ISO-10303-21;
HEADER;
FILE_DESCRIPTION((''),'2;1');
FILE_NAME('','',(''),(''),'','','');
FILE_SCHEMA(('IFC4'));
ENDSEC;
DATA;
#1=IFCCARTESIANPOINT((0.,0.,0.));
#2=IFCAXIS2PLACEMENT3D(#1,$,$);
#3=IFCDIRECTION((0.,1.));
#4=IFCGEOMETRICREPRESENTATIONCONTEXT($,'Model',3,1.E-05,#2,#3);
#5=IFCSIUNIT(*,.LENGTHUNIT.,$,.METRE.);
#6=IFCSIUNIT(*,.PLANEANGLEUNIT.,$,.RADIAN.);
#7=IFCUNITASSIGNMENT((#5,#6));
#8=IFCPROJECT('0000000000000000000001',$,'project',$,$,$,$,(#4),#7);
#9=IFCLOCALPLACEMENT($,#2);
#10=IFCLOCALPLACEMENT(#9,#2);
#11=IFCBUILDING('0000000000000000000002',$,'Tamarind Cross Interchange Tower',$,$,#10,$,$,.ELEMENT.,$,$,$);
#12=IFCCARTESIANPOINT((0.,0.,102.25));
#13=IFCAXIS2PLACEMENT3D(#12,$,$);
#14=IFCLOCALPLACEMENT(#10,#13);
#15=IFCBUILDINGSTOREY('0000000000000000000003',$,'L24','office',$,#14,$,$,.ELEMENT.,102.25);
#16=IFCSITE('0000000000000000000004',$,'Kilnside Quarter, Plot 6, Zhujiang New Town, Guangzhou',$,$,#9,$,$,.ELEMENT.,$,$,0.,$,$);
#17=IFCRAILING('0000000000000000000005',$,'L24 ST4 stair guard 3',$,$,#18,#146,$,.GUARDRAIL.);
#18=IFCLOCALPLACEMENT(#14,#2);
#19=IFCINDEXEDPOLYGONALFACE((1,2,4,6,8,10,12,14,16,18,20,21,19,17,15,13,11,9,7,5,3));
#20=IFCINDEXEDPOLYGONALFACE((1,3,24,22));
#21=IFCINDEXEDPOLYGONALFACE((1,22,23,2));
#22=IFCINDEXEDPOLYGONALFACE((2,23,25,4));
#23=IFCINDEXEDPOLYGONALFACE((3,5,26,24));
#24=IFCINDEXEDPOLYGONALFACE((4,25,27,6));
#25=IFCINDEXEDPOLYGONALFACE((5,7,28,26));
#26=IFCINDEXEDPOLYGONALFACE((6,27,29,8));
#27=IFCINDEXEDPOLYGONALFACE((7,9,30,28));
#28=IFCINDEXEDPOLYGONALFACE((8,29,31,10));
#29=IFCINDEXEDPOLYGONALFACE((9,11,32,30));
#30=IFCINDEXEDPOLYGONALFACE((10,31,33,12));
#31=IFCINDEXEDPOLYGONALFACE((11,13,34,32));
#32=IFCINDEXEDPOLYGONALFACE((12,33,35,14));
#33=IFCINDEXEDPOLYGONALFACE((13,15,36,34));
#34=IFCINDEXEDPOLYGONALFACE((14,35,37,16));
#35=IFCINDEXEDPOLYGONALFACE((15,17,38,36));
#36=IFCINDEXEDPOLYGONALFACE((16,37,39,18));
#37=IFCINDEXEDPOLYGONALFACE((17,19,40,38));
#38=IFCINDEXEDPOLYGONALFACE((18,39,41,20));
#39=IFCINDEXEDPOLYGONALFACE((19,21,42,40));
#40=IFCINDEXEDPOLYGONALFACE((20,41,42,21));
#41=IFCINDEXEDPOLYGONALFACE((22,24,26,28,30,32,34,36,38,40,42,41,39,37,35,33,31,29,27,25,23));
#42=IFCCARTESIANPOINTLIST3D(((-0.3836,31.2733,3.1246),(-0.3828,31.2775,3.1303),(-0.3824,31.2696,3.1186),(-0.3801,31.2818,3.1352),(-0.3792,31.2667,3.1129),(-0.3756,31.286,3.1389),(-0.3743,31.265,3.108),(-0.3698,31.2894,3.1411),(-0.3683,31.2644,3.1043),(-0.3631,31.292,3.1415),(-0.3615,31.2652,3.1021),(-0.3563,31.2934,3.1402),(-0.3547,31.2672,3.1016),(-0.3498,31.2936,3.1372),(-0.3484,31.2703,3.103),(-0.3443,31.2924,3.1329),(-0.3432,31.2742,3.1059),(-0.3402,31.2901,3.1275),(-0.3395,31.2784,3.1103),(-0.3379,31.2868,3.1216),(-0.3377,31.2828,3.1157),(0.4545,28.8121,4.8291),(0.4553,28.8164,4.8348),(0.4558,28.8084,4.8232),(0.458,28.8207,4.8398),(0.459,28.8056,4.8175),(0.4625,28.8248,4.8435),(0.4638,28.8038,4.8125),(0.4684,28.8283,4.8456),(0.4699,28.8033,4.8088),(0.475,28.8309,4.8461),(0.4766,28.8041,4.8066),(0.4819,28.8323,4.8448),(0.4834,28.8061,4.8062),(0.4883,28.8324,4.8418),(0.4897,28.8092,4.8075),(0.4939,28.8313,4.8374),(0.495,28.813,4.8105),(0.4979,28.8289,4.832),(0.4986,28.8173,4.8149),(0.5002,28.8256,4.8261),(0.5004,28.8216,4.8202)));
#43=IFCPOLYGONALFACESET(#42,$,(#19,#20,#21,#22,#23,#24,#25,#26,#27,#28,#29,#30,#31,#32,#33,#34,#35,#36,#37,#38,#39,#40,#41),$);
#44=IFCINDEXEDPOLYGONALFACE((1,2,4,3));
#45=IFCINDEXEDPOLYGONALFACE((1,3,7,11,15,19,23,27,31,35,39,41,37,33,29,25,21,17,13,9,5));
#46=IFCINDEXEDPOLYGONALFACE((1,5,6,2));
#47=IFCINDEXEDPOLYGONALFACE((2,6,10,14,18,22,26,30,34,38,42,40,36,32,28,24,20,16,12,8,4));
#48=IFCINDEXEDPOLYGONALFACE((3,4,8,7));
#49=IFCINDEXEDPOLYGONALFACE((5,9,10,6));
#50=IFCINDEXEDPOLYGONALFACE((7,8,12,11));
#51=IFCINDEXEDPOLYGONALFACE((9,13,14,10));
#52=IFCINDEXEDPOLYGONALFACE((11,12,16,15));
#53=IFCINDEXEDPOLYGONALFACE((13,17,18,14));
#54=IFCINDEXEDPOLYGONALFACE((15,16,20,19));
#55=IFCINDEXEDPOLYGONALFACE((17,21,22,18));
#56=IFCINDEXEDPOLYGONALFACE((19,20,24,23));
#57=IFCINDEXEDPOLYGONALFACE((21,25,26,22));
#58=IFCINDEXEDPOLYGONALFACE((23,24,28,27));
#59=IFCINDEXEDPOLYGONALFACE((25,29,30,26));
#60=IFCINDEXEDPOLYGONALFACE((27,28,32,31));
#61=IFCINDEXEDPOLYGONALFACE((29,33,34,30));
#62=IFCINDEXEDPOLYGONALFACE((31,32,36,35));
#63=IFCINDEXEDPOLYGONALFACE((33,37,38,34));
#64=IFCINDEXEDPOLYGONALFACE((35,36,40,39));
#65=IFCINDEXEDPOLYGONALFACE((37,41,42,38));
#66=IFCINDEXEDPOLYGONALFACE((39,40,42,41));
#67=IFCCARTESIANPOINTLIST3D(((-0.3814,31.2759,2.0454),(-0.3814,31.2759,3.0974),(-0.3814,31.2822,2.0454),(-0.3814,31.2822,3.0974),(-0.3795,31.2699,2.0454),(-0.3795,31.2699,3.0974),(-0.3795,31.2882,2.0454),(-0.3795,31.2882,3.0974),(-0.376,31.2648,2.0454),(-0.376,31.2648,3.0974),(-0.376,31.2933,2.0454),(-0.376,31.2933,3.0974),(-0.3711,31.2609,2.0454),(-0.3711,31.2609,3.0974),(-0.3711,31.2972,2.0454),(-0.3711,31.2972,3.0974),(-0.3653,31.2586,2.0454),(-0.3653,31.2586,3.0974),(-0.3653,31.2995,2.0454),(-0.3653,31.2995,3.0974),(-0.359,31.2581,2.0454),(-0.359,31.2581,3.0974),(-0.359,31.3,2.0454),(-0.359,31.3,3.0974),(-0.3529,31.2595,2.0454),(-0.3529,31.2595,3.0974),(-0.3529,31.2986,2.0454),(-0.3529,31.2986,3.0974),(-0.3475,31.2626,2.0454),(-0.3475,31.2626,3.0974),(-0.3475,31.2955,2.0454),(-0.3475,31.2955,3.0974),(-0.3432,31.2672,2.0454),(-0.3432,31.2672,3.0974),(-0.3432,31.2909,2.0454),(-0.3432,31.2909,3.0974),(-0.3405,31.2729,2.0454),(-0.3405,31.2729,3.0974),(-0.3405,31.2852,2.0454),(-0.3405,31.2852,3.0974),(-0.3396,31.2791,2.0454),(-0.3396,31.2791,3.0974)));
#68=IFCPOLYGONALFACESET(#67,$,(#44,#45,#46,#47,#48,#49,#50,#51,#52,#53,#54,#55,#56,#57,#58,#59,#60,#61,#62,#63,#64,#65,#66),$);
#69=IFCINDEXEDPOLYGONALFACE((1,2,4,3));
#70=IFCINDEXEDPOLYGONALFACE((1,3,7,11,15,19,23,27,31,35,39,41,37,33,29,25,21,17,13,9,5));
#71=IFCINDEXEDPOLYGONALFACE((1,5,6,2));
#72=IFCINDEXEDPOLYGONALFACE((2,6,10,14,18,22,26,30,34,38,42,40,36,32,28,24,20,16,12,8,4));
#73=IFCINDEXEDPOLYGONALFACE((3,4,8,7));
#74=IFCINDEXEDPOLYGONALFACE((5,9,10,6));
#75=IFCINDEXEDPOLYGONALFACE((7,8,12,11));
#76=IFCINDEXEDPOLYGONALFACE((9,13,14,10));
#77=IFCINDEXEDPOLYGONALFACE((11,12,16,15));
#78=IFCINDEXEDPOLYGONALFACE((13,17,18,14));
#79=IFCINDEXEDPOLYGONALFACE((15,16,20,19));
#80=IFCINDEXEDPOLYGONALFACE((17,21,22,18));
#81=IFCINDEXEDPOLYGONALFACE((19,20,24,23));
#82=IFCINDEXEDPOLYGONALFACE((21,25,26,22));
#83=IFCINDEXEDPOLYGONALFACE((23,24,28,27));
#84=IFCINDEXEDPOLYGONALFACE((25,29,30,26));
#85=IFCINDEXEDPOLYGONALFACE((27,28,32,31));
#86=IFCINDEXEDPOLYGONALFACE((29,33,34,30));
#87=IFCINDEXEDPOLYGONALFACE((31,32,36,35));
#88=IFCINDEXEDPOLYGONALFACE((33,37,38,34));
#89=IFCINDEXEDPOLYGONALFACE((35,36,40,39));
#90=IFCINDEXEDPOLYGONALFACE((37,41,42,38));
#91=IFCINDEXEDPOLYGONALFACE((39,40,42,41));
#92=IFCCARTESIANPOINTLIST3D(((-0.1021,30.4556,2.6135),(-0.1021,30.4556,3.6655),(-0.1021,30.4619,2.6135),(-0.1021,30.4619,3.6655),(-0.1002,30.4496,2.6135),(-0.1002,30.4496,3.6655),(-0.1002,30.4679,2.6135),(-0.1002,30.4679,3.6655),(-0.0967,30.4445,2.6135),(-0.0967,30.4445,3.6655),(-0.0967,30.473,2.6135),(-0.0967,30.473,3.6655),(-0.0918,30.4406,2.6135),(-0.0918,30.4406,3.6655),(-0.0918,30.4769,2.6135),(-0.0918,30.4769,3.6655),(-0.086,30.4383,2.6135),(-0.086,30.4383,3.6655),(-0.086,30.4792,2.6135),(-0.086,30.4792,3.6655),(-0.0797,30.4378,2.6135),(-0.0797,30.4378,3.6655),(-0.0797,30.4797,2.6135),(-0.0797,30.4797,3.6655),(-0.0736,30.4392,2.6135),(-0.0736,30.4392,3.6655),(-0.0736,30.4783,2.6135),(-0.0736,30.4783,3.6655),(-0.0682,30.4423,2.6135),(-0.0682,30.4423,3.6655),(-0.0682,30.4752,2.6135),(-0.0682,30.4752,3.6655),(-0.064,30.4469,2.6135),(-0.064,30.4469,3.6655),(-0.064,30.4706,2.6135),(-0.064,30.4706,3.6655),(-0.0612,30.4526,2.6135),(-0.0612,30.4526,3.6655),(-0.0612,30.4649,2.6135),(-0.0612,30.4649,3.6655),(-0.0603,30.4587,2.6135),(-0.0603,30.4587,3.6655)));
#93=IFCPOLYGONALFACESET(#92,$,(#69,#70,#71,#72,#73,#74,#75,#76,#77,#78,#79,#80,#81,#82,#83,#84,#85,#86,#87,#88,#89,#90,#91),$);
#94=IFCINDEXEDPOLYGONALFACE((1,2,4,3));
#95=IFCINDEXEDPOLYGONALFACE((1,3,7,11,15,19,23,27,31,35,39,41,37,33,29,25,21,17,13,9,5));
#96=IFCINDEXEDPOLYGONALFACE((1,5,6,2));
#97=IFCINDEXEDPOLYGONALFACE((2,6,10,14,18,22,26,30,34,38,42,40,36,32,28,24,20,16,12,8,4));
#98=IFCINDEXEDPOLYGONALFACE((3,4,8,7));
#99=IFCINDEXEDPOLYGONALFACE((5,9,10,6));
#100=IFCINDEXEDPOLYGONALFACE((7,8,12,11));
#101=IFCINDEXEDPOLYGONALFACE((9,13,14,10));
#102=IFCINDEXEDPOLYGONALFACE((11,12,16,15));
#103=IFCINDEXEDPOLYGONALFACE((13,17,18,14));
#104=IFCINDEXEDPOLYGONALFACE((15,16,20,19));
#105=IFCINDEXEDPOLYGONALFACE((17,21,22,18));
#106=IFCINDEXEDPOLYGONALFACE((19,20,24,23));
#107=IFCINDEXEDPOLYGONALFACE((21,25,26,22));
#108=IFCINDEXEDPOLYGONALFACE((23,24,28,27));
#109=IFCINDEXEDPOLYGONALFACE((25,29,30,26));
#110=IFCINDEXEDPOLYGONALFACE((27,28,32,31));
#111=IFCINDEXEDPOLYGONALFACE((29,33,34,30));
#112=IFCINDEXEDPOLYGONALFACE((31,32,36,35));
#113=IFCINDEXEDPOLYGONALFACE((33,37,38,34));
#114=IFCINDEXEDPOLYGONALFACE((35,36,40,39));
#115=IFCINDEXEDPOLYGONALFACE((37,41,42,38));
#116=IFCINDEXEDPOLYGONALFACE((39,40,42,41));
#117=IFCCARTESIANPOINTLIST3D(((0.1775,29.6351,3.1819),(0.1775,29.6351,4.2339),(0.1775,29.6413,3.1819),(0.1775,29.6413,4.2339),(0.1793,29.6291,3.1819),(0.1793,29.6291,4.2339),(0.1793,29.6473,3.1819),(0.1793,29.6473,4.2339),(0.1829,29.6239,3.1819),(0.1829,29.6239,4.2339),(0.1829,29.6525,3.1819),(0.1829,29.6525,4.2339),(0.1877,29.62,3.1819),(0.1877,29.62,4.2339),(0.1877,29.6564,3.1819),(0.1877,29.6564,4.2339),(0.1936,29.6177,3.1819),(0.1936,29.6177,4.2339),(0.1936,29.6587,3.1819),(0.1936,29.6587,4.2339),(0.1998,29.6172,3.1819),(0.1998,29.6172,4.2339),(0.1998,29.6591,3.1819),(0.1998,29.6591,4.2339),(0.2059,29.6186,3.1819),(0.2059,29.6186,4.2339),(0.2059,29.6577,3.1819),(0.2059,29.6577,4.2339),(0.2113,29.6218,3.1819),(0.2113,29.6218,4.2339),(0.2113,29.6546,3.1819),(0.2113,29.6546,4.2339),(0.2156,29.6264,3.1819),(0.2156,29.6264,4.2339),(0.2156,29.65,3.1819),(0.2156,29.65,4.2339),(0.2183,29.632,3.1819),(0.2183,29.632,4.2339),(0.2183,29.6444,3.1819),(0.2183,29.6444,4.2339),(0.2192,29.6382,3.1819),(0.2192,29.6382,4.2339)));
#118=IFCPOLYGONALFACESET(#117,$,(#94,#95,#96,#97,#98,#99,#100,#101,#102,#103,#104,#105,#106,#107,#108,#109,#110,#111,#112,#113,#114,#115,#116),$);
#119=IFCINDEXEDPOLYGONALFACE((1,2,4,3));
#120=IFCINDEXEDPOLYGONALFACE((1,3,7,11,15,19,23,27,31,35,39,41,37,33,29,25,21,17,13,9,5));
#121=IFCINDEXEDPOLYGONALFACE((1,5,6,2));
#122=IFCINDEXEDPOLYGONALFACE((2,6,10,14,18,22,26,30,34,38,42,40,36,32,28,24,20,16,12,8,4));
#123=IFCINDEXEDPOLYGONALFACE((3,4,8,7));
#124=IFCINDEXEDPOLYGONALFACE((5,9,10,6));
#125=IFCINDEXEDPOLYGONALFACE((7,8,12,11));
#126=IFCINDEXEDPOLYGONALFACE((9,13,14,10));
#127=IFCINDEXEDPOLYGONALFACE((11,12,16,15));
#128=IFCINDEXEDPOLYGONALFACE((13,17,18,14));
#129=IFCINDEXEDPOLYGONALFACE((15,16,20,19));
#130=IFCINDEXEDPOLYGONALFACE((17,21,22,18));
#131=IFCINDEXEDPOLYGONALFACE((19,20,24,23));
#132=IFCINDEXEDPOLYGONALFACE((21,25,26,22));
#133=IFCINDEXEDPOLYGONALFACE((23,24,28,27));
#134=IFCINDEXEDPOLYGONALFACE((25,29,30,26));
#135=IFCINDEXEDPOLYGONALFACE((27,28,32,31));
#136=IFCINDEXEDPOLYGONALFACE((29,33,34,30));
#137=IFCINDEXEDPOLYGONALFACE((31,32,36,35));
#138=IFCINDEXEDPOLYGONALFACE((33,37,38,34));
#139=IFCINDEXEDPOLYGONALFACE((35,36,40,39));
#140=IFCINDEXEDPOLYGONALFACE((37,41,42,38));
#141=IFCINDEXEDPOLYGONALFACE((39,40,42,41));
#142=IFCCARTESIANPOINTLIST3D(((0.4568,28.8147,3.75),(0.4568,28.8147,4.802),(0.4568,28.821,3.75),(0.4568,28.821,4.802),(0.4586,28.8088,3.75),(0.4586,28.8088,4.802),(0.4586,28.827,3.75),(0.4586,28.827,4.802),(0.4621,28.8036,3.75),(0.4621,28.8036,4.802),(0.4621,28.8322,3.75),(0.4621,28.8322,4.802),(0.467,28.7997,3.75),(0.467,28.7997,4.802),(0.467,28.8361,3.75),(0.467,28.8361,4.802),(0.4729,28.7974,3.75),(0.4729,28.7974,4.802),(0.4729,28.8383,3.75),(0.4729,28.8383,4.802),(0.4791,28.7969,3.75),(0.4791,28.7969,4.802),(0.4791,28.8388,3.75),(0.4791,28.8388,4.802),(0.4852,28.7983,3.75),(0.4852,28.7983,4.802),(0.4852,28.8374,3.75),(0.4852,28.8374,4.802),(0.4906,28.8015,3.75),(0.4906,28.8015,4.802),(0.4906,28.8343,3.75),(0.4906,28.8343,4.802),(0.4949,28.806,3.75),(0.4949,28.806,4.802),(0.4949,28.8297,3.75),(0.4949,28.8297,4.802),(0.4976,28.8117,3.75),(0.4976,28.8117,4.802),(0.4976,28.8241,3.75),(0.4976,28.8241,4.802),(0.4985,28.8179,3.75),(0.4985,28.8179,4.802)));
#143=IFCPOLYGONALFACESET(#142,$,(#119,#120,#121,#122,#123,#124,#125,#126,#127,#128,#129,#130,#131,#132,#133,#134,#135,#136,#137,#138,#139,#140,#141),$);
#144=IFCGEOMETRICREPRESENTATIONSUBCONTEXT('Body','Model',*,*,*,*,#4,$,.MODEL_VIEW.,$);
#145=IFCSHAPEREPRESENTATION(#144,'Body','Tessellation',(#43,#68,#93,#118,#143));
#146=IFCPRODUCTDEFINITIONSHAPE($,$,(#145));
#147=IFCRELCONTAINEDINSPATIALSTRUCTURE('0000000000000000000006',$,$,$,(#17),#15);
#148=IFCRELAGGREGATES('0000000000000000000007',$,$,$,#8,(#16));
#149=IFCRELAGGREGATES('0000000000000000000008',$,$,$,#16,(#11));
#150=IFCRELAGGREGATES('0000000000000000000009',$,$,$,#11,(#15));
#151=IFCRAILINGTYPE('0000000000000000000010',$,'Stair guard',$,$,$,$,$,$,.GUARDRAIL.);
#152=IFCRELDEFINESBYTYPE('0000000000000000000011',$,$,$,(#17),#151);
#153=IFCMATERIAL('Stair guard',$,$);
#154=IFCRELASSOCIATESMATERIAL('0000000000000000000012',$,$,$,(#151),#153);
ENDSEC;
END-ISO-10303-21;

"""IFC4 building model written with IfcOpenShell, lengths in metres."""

from ifc_helpers import new_model, si_unit, direction, frame, origin, origin_2d, place, context, subcontext, project, spatial, circle, extrude, material, type_object, element, save


model = new_model("IFC4")

# Units and contexts
model_context = context("Model", 3, precision=1e-05, world=origin(), true_north=direction((0.0, 1.0)))
body_context = subcontext(model_context, "Body", "Model", "MODEL_VIEW")
ifc_project = project(units=[si_unit("LENGTHUNIT", "METRE"), si_unit("PLANEANGLEUNIT", "RADIAN")], contexts=[model_context])

# Site, building, storey
site_placement = place(None, origin())
site = spatial("IfcSite", under=ifc_project, at=site_placement, Name="Kilnside Quarter, Plot 6, Zhujiang New Town, Guangzhou", CompositionType="ELEMENT", RefElevation=0.0)
building_placement = place(site_placement, origin())
building = spatial("IfcBuilding", under=site, at=building_placement, Name="Tamarind Cross Interchange Tower", CompositionType="ELEMENT")
storey_placement = place(building_placement, frame((0.0, 0.0, 102.25)))
storey = spatial("IfcBuildingStorey", under=building, at=storey_placement, Name="L24", Description="office", CompositionType="ELEMENT", Elevation=102.25)

# Railing
ifc_material_1 = material(Name="Stair guard")
railing_type_1 = type_object("IfcRailingType", Name="Stair guard", PredefinedType="GUARDRAIL", material=ifc_material_1)
railing_1_placement = place(storey_placement, frame((-0.3606, 31.2791, 2.0454)))
element("IfcRailing", 1, at=railing_1_placement, inside=storey, type_object=railing_type_1, Name="L24 ST4 stair guard 3", PredefinedType="GUARDRAIL", context=body_context, shape_type="SweptSolid", body=[
    extrude(circle(Radius=0.0239, at=origin_2d()), frame((0.0, 0.0, 1.0762), z_axis=(0.269589, -0.791646, 0.548286), x_axis=(0.946616, 0.322362, 0.0)), (0.0, 0.0, 1.0), 3.1089),
    extrude(circle(Radius=0.021, at=origin_2d()), origin(), (0.0, 0.0, 1.0), 1.052),
    extrude(circle(Radius=0.021, at=origin_2d()), frame((0.2793, -0.8203, 0.5681)), (0.0, 0.0, 1.0), 1.052),
    extrude(circle(Radius=0.021, at=origin_2d()), frame((0.5588, -1.6409, 1.1365)), (0.0, 0.0, 1.0), 1.052),
    extrude(circle(Radius=0.021, at=origin_2d()), frame((0.8381, -2.4612, 1.7046)), (0.0, 0.0, 1.0), 1.052),
])

save(model, "model.ifc")
